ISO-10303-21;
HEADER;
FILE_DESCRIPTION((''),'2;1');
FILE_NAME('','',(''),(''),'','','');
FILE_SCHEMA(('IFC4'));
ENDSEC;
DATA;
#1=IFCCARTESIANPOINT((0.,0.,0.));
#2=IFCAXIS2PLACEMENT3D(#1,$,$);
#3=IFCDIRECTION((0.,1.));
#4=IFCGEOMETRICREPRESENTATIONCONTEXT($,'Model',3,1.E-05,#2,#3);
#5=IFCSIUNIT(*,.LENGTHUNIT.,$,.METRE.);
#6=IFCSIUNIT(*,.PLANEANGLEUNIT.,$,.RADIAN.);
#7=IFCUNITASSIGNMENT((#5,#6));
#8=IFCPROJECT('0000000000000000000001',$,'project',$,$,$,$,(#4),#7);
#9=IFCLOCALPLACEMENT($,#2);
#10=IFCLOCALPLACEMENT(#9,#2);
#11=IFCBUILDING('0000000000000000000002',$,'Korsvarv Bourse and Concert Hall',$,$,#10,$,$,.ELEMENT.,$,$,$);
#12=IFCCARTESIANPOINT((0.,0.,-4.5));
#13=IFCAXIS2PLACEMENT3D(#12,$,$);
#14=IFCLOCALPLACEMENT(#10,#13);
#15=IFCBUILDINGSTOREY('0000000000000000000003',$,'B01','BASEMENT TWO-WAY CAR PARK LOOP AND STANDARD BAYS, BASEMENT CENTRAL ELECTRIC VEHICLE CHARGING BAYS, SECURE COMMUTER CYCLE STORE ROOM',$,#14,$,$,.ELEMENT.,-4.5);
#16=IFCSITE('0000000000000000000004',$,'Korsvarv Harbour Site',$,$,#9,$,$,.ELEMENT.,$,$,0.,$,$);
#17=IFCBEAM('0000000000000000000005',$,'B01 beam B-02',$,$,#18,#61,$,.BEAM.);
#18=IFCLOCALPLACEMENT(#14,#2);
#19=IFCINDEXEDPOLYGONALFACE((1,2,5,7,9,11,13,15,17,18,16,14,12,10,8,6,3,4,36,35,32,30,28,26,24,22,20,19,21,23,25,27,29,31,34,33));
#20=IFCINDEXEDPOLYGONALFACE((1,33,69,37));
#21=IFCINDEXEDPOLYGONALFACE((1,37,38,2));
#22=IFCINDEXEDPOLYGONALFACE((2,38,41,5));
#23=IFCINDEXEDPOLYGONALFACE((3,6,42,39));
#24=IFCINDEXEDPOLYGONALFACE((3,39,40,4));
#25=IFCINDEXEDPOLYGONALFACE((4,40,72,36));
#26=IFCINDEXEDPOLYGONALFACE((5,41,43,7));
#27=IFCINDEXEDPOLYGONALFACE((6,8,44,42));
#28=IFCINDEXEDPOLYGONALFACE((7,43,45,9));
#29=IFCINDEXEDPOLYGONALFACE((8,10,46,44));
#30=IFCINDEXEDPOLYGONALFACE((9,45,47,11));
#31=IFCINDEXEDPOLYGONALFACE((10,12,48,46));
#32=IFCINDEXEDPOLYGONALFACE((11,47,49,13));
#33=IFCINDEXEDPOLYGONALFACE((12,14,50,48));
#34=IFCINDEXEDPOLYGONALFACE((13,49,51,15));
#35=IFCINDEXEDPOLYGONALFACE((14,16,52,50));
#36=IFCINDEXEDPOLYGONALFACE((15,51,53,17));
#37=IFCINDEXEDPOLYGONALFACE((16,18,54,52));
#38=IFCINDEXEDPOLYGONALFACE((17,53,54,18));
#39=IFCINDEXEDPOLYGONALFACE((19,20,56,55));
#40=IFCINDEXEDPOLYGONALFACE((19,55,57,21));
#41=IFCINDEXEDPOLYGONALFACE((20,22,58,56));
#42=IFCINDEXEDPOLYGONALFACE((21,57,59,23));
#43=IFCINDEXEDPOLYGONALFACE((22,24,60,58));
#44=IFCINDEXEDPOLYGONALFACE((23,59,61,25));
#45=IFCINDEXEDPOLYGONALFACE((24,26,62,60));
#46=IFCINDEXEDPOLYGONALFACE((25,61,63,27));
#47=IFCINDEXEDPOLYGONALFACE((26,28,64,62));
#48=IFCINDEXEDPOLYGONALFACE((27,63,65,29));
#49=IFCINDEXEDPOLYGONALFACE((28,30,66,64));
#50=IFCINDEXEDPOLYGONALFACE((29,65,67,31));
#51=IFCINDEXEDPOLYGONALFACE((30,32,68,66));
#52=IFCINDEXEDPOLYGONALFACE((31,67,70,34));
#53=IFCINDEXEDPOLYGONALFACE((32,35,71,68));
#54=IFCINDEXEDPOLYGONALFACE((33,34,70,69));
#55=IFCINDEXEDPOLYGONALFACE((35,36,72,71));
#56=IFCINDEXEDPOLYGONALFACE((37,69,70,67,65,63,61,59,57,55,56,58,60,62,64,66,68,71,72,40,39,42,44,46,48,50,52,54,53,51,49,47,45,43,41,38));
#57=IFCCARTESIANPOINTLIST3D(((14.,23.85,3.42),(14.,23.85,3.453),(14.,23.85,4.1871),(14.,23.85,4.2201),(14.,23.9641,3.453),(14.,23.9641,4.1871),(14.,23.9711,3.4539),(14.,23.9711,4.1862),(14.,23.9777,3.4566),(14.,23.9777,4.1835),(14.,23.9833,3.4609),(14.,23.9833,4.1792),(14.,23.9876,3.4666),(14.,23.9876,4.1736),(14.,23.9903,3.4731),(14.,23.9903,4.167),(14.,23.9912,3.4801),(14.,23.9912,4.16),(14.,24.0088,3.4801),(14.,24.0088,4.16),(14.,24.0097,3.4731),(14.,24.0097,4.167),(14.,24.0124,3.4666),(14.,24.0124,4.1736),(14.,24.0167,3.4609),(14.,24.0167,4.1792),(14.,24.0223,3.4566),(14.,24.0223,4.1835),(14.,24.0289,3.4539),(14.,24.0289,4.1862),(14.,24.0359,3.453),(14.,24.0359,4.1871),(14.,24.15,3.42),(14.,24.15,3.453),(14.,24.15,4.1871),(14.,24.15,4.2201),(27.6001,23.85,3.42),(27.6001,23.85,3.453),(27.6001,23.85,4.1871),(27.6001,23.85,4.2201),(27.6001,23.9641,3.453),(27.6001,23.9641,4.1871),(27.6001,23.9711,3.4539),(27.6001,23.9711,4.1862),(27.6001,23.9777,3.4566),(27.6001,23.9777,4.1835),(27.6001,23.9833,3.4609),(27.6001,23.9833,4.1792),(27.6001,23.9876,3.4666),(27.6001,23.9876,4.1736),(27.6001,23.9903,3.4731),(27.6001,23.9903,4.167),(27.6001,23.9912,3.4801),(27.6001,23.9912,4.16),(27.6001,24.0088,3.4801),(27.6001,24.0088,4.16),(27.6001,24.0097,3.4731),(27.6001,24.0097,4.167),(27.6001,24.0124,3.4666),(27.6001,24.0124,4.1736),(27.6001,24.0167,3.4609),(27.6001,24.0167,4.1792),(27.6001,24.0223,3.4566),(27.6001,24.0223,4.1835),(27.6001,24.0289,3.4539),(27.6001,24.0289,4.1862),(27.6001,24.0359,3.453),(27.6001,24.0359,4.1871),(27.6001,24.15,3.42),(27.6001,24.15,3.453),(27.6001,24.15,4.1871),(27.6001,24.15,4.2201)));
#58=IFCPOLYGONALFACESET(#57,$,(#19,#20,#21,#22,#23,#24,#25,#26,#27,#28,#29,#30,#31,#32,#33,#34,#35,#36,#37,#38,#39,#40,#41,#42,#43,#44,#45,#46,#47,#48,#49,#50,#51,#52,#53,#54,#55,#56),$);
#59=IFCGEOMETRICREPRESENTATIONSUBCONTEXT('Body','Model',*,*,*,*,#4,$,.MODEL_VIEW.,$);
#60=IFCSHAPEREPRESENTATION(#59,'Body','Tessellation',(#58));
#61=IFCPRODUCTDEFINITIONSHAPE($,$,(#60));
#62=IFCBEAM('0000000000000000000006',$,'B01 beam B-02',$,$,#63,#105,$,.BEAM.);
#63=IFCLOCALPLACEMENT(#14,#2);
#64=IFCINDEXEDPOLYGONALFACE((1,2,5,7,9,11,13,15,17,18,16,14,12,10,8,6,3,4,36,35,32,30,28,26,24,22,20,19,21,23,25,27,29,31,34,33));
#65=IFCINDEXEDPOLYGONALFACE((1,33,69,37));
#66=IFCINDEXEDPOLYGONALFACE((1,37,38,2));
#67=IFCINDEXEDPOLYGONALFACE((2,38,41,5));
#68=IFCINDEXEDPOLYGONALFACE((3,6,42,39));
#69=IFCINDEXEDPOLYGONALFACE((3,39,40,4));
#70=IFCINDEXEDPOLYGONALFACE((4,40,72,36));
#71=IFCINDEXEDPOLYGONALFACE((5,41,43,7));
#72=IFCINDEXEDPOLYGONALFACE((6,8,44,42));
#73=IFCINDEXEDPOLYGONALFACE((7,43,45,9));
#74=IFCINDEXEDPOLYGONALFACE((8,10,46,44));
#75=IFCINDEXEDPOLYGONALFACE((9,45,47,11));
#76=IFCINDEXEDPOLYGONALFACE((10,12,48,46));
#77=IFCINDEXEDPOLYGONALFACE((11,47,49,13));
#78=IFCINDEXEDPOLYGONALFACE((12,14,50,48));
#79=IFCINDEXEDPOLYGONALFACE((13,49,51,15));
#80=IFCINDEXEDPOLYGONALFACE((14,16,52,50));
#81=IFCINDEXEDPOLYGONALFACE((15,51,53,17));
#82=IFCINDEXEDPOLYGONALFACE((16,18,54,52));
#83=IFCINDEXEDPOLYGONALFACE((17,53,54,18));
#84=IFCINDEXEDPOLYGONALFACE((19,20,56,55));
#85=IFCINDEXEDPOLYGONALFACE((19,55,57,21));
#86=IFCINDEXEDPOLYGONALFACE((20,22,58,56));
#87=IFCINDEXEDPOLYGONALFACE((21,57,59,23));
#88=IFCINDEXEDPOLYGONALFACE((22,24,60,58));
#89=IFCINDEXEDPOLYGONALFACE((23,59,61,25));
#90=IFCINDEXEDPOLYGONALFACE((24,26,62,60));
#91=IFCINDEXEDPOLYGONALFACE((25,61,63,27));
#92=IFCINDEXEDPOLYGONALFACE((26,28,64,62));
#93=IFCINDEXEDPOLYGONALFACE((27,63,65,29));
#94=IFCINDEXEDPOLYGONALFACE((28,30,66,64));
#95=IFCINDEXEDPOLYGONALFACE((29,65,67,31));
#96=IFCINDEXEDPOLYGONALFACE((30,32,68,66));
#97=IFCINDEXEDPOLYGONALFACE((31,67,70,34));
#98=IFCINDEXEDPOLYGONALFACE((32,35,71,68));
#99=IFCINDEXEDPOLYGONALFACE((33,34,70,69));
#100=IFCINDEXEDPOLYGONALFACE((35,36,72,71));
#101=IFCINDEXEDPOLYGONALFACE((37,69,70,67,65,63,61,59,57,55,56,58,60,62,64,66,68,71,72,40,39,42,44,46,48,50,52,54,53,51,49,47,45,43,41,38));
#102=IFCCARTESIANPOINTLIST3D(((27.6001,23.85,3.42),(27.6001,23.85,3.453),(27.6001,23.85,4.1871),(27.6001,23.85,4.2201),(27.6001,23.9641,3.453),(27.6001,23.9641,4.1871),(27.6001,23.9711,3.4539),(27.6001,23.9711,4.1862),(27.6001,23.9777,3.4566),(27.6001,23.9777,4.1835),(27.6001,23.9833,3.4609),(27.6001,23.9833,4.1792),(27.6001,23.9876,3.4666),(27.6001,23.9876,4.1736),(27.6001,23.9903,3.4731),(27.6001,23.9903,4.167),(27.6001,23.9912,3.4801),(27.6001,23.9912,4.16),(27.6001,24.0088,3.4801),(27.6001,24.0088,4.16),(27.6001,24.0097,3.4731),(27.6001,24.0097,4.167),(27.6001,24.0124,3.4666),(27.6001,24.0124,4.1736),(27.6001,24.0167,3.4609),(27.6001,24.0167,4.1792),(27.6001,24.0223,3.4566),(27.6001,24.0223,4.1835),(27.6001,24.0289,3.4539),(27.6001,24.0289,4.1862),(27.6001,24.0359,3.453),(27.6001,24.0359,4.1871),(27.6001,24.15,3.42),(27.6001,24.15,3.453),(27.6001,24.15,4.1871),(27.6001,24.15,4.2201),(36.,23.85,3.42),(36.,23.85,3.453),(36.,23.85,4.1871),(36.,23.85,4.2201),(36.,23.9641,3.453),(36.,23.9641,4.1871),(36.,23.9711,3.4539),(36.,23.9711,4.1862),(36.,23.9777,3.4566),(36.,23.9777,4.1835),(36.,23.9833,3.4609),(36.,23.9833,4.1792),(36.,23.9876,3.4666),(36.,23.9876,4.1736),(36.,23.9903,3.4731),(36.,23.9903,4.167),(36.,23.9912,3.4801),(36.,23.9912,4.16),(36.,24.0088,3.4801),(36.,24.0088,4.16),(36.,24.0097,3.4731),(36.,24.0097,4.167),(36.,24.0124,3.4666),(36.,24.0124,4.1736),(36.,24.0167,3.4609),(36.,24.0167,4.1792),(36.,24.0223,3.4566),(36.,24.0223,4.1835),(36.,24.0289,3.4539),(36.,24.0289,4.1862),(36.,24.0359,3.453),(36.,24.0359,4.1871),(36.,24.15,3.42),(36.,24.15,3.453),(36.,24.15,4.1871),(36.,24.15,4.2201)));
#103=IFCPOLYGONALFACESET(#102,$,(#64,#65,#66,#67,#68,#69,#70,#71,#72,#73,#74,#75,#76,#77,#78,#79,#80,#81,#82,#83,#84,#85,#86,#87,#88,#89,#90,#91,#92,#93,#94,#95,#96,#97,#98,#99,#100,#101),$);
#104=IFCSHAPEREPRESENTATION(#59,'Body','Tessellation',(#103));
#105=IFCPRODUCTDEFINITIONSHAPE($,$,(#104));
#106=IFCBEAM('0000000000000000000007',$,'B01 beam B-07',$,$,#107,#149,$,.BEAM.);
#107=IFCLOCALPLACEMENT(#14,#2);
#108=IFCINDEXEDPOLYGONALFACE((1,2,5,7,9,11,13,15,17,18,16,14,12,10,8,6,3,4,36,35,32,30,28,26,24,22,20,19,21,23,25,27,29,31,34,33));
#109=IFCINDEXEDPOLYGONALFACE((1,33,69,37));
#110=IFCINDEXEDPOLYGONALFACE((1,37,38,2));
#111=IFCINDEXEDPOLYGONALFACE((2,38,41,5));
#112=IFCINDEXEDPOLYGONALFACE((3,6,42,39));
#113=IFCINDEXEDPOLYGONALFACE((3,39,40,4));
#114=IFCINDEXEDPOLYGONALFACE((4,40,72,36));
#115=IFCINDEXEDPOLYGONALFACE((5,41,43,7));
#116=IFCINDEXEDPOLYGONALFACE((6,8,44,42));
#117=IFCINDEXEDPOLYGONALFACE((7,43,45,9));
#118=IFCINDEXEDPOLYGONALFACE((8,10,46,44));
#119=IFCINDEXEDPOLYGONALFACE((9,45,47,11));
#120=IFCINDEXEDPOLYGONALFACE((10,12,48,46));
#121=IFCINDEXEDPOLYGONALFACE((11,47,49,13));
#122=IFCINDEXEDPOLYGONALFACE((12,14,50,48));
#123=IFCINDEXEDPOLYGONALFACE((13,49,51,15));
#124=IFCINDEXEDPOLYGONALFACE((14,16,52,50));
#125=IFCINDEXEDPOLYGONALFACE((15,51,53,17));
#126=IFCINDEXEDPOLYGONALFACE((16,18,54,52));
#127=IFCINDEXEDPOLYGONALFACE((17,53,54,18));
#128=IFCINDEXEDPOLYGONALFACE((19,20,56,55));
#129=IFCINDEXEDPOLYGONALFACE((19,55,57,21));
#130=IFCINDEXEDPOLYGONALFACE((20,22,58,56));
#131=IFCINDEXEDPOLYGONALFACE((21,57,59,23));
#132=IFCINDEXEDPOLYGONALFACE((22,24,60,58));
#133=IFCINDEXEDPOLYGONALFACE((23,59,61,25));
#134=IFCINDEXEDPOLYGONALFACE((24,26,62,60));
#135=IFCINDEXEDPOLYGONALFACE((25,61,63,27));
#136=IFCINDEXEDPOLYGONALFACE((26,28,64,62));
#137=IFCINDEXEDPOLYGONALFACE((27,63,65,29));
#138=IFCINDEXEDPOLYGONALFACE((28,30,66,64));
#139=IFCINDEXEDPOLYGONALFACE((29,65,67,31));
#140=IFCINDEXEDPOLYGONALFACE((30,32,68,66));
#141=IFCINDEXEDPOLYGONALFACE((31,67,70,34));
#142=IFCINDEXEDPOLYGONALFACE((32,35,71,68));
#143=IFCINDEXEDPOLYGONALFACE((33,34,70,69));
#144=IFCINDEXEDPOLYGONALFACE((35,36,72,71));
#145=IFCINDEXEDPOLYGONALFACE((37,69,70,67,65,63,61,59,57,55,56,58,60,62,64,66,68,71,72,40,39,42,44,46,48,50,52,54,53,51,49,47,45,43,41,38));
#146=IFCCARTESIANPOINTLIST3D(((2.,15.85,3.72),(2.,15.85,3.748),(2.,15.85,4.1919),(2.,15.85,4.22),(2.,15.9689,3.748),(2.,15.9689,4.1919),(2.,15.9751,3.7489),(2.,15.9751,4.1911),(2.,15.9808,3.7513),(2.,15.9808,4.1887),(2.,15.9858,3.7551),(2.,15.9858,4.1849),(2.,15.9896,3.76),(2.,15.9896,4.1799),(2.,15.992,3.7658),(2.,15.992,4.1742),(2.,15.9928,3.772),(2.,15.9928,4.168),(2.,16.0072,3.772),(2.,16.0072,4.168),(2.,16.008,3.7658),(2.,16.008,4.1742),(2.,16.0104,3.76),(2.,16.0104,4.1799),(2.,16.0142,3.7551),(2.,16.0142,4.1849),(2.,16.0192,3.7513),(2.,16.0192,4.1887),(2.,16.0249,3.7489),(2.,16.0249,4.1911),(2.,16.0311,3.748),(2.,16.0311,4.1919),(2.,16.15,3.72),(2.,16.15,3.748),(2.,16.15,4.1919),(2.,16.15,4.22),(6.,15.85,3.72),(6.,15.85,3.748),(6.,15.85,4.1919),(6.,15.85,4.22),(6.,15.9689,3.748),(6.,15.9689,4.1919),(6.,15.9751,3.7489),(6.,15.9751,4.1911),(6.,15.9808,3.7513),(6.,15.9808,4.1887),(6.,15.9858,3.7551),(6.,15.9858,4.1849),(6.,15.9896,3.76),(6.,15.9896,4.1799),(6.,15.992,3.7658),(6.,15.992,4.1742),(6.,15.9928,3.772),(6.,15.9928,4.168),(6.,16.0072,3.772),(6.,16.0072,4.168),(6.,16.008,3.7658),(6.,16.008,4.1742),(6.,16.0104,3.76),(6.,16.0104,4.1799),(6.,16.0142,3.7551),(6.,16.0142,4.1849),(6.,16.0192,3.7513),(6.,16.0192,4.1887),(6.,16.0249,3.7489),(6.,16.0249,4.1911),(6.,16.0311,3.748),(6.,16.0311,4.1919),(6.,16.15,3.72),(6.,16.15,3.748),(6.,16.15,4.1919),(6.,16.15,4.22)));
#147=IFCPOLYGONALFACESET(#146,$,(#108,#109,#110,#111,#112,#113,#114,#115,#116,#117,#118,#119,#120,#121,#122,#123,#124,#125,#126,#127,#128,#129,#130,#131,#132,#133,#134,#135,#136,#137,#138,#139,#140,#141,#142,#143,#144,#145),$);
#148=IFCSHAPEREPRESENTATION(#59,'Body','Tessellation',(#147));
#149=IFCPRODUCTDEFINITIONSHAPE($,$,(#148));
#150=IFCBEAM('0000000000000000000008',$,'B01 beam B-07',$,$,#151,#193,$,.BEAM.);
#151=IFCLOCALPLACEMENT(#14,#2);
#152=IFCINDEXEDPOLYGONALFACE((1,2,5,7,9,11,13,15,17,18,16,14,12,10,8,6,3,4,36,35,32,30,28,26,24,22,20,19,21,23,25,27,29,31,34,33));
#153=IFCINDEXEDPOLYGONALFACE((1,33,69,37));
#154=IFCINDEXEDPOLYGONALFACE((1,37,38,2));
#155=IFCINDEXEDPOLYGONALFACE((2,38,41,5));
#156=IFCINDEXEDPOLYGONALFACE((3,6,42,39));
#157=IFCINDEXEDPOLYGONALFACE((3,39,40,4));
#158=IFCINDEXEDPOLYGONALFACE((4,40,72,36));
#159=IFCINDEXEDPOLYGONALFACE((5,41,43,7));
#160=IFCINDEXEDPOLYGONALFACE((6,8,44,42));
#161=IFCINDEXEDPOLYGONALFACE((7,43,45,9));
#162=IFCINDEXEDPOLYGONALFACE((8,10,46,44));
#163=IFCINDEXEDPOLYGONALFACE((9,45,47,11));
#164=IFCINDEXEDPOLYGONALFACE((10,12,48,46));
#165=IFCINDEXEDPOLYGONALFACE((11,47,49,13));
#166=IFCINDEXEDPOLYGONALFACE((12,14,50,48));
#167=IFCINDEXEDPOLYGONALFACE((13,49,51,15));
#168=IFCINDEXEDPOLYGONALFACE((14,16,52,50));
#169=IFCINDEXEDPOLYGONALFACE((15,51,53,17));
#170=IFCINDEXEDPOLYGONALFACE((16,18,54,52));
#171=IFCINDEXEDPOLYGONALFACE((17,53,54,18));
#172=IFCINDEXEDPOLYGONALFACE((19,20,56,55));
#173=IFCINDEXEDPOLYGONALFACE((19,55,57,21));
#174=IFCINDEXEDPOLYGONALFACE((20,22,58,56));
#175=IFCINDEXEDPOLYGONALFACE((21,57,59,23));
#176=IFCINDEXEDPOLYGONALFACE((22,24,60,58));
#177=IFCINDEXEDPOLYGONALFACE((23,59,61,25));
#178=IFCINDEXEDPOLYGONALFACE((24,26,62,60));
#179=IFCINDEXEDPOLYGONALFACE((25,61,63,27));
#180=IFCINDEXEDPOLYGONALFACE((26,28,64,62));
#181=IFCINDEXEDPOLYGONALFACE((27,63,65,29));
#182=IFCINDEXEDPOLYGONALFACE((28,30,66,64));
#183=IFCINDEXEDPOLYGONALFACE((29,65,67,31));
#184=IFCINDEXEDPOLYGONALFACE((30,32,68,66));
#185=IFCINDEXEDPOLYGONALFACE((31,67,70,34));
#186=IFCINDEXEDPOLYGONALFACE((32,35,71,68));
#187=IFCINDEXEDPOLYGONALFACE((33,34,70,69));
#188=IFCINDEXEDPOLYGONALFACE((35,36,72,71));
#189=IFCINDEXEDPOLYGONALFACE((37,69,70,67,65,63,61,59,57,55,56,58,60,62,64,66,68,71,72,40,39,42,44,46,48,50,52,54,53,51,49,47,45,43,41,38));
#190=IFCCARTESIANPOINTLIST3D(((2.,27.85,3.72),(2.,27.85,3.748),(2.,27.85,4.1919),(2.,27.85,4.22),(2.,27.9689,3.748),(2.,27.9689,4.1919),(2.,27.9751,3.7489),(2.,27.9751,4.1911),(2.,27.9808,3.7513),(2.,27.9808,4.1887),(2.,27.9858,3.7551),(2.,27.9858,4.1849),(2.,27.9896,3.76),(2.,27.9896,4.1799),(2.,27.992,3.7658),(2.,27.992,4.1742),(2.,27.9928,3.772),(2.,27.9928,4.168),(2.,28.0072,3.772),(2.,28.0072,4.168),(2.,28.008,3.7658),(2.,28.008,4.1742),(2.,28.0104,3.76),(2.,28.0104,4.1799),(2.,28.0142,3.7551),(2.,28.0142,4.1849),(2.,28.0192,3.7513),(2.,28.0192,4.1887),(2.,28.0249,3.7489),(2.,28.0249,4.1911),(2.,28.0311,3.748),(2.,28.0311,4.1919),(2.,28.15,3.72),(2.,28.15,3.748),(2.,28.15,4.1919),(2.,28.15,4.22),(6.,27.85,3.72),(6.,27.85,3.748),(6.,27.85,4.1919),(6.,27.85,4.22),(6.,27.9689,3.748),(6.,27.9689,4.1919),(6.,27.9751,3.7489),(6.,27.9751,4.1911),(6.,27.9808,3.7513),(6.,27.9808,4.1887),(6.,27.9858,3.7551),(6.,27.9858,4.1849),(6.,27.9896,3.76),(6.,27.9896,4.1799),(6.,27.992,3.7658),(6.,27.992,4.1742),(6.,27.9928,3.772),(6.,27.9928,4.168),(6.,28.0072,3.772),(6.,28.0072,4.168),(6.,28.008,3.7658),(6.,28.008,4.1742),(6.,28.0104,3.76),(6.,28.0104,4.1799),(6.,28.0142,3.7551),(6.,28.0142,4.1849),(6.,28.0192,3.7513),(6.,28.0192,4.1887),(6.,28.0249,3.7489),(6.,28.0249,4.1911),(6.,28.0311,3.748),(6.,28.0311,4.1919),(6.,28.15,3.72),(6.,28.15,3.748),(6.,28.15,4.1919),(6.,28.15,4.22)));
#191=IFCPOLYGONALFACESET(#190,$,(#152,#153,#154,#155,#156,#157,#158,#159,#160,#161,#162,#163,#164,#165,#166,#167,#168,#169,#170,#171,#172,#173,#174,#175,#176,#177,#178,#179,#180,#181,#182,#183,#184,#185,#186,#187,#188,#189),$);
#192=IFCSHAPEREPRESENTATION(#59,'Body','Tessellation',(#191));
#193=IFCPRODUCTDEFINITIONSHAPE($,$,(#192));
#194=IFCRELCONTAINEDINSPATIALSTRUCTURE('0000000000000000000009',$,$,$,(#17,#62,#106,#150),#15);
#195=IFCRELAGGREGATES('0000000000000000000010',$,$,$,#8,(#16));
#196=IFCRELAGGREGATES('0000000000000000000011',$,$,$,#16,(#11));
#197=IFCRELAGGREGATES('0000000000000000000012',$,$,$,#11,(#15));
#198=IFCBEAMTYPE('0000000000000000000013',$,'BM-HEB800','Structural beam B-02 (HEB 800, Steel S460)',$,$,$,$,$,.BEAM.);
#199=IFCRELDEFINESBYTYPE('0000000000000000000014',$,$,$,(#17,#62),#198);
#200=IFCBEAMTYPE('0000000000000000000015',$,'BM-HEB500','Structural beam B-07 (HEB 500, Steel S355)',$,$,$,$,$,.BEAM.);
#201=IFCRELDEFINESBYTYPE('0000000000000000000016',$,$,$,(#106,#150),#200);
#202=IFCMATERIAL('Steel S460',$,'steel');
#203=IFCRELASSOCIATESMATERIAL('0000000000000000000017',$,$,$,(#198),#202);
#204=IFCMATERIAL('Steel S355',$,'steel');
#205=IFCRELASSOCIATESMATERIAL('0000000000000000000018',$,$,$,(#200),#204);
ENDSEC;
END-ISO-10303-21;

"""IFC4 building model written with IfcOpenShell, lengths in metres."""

from ifc_helpers import new_model, si_unit, direction, frame, origin, origin_2d, place, context, subcontext, project, spatial, i_section, extrude, source, transform, mapped, material, material_profile, profile_set, type_object, element, save


model = new_model("IFC4")

# Units and contexts
model_context = context("Model", 3, precision=1e-05, world=origin(), true_north=direction((0.0, 1.0)))
body_context = subcontext(model_context, "Body", "Model", "MODEL_VIEW")
ifc_project = project(units=[si_unit("LENGTHUNIT", "METRE"), si_unit("PLANEANGLEUNIT", "RADIAN")], contexts=[model_context])

# Site, building, storey
site_placement = place(None, origin())
site = spatial("IfcSite", under=ifc_project, at=site_placement, Name="Korsvarv Harbour Site", CompositionType="ELEMENT", RefElevation=0.0)
building_placement = place(site_placement, origin())
building = spatial("IfcBuilding", under=site, at=building_placement, Name="Korsvarv Bourse and Concert Hall", CompositionType="ELEMENT")
storey_placement = place(building_placement, frame((0.0, 0.0, -4.5)))
storey = spatial("IfcBuildingStorey", under=building, at=storey_placement, Name="B01", Description="BASEMENT TWO-WAY CAR PARK LOOP AND STANDARD BAYS, BASEMENT CENTRAL ELECTRIC VEHICLE CHARGING BAYS, SECURE COMMUTER CYCLE STORE ROOM", CompositionType="ELEMENT", Elevation=-4.5)

# Shared definitions
ifc_material_1 = material(Name="Steel S460", Category="steel")

# Beams
ifc_material_2 = material(Name="Steel S355", Category="steel")
ifc_material_profile_1 = material_profile(ifc_material_1, i_section(OverallWidth=0.3, OverallDepth=0.8, WebThickness=0.0176, FlangeThickness=0.033, FilletRadius=0.0271, at=origin_2d()), Name="HEB 800")
ifc_profile_set_1 = profile_set([ifc_material_profile_1], Name="Steel S460")
beam_type_1 = type_object("IfcBeamType", Name="BM-HEB800", Description="Structural beam B-02 (HEB 800, Steel S460)", PredefinedType="BEAM", material=ifc_profile_set_1)
shared_shape_1 = source(origin(), body_context, "Body", "SweptSolid", [
    extrude(i_section(OverallWidth=0.3, OverallDepth=0.8, WebThickness=0.0176, FlangeThickness=0.033, FilletRadius=0.0271, at=origin_2d()), origin(), (0.0, 0.0, 1.0), 13.6001),
])
beam_1_placement = place(storey_placement, frame((14.0, 24.0, 3.8201), z_axis=(1.0, 0.0, 0.0), x_axis=(0.0, 1.0, 0.0)))
element("IfcBeam", 1, at=beam_1_placement, inside=storey, type_object=beam_type_1, Name="B01 beam B-02", PredefinedType="BEAM", context=body_context, shape_type="MappedRepresentation", body=[
    mapped(shared_shape_1, transform((0.0, 0.0, 0.0), scale=1.0)),
])
shared_shape_2 = source(origin(), body_context, "Body", "SweptSolid", [
    extrude(i_section(OverallWidth=0.3, OverallDepth=0.8, WebThickness=0.0176, FlangeThickness=0.033, FilletRadius=0.0271, at=origin_2d()), origin(), (0.0, 0.0, 1.0), 8.3999),
])
beam_2_placement = place(storey_placement, frame((27.6001, 24.0, 3.8201), z_axis=(1.0, 0.0, 0.0), x_axis=(0.0, 1.0, 0.0)))
element("IfcBeam", 2, at=beam_2_placement, inside=storey, type_object=beam_type_1, Name="B01 beam B-02", PredefinedType="BEAM", context=body_context, shape_type="MappedRepresentation", body=[
    mapped(shared_shape_2, transform((0.0, 0.0, 0.0), scale=1.0)),
])
ifc_material_profile_2 = material_profile(ifc_material_2, i_section(OverallWidth=0.3, OverallDepth=0.5, WebThickness=0.0144, FlangeThickness=0.0281, FilletRadius=0.0239, at=origin_2d()), Name="HEB 500")
ifc_profile_set_2 = profile_set([ifc_material_profile_2], Name="Steel S355")
beam_type_2 = type_object("IfcBeamType", Name="BM-HEB500", Description="Structural beam B-07 (HEB 500, Steel S355)", PredefinedType="BEAM", material=ifc_profile_set_2)
shared_shape_3 = source(origin(), body_context, "Body", "SweptSolid", [
    extrude(i_section(OverallWidth=0.3, OverallDepth=0.5, WebThickness=0.0144, FlangeThickness=0.0281, FilletRadius=0.0239, at=origin_2d()), origin(), (0.0, 0.0, 1.0), 4.0),
])
for number, where, z_axis, x_axis, name in (
    (3, (2.0, 16.0, 3.97), (1.0, 0.0, 0.0), (0.0, 1.0, 0.0), "B01 beam B-07"),
    (4, (2.0, 28.0, 3.97), (1.0, 0.0, 0.0), (0.0, 1.0, 0.0), "B01 beam B-07"),
):
    element("IfcBeam", number, at=place(storey_placement, frame(where, z_axis=z_axis, x_axis=x_axis)), inside=storey, type_object=beam_type_2, Name=name, PredefinedType="BEAM", context=body_context, shape_type="MappedRepresentation", body=[
        mapped(shared_shape_3, transform((0.0, 0.0, 0.0), scale=1.0)),
    ])

save(model, "model.ifc")
